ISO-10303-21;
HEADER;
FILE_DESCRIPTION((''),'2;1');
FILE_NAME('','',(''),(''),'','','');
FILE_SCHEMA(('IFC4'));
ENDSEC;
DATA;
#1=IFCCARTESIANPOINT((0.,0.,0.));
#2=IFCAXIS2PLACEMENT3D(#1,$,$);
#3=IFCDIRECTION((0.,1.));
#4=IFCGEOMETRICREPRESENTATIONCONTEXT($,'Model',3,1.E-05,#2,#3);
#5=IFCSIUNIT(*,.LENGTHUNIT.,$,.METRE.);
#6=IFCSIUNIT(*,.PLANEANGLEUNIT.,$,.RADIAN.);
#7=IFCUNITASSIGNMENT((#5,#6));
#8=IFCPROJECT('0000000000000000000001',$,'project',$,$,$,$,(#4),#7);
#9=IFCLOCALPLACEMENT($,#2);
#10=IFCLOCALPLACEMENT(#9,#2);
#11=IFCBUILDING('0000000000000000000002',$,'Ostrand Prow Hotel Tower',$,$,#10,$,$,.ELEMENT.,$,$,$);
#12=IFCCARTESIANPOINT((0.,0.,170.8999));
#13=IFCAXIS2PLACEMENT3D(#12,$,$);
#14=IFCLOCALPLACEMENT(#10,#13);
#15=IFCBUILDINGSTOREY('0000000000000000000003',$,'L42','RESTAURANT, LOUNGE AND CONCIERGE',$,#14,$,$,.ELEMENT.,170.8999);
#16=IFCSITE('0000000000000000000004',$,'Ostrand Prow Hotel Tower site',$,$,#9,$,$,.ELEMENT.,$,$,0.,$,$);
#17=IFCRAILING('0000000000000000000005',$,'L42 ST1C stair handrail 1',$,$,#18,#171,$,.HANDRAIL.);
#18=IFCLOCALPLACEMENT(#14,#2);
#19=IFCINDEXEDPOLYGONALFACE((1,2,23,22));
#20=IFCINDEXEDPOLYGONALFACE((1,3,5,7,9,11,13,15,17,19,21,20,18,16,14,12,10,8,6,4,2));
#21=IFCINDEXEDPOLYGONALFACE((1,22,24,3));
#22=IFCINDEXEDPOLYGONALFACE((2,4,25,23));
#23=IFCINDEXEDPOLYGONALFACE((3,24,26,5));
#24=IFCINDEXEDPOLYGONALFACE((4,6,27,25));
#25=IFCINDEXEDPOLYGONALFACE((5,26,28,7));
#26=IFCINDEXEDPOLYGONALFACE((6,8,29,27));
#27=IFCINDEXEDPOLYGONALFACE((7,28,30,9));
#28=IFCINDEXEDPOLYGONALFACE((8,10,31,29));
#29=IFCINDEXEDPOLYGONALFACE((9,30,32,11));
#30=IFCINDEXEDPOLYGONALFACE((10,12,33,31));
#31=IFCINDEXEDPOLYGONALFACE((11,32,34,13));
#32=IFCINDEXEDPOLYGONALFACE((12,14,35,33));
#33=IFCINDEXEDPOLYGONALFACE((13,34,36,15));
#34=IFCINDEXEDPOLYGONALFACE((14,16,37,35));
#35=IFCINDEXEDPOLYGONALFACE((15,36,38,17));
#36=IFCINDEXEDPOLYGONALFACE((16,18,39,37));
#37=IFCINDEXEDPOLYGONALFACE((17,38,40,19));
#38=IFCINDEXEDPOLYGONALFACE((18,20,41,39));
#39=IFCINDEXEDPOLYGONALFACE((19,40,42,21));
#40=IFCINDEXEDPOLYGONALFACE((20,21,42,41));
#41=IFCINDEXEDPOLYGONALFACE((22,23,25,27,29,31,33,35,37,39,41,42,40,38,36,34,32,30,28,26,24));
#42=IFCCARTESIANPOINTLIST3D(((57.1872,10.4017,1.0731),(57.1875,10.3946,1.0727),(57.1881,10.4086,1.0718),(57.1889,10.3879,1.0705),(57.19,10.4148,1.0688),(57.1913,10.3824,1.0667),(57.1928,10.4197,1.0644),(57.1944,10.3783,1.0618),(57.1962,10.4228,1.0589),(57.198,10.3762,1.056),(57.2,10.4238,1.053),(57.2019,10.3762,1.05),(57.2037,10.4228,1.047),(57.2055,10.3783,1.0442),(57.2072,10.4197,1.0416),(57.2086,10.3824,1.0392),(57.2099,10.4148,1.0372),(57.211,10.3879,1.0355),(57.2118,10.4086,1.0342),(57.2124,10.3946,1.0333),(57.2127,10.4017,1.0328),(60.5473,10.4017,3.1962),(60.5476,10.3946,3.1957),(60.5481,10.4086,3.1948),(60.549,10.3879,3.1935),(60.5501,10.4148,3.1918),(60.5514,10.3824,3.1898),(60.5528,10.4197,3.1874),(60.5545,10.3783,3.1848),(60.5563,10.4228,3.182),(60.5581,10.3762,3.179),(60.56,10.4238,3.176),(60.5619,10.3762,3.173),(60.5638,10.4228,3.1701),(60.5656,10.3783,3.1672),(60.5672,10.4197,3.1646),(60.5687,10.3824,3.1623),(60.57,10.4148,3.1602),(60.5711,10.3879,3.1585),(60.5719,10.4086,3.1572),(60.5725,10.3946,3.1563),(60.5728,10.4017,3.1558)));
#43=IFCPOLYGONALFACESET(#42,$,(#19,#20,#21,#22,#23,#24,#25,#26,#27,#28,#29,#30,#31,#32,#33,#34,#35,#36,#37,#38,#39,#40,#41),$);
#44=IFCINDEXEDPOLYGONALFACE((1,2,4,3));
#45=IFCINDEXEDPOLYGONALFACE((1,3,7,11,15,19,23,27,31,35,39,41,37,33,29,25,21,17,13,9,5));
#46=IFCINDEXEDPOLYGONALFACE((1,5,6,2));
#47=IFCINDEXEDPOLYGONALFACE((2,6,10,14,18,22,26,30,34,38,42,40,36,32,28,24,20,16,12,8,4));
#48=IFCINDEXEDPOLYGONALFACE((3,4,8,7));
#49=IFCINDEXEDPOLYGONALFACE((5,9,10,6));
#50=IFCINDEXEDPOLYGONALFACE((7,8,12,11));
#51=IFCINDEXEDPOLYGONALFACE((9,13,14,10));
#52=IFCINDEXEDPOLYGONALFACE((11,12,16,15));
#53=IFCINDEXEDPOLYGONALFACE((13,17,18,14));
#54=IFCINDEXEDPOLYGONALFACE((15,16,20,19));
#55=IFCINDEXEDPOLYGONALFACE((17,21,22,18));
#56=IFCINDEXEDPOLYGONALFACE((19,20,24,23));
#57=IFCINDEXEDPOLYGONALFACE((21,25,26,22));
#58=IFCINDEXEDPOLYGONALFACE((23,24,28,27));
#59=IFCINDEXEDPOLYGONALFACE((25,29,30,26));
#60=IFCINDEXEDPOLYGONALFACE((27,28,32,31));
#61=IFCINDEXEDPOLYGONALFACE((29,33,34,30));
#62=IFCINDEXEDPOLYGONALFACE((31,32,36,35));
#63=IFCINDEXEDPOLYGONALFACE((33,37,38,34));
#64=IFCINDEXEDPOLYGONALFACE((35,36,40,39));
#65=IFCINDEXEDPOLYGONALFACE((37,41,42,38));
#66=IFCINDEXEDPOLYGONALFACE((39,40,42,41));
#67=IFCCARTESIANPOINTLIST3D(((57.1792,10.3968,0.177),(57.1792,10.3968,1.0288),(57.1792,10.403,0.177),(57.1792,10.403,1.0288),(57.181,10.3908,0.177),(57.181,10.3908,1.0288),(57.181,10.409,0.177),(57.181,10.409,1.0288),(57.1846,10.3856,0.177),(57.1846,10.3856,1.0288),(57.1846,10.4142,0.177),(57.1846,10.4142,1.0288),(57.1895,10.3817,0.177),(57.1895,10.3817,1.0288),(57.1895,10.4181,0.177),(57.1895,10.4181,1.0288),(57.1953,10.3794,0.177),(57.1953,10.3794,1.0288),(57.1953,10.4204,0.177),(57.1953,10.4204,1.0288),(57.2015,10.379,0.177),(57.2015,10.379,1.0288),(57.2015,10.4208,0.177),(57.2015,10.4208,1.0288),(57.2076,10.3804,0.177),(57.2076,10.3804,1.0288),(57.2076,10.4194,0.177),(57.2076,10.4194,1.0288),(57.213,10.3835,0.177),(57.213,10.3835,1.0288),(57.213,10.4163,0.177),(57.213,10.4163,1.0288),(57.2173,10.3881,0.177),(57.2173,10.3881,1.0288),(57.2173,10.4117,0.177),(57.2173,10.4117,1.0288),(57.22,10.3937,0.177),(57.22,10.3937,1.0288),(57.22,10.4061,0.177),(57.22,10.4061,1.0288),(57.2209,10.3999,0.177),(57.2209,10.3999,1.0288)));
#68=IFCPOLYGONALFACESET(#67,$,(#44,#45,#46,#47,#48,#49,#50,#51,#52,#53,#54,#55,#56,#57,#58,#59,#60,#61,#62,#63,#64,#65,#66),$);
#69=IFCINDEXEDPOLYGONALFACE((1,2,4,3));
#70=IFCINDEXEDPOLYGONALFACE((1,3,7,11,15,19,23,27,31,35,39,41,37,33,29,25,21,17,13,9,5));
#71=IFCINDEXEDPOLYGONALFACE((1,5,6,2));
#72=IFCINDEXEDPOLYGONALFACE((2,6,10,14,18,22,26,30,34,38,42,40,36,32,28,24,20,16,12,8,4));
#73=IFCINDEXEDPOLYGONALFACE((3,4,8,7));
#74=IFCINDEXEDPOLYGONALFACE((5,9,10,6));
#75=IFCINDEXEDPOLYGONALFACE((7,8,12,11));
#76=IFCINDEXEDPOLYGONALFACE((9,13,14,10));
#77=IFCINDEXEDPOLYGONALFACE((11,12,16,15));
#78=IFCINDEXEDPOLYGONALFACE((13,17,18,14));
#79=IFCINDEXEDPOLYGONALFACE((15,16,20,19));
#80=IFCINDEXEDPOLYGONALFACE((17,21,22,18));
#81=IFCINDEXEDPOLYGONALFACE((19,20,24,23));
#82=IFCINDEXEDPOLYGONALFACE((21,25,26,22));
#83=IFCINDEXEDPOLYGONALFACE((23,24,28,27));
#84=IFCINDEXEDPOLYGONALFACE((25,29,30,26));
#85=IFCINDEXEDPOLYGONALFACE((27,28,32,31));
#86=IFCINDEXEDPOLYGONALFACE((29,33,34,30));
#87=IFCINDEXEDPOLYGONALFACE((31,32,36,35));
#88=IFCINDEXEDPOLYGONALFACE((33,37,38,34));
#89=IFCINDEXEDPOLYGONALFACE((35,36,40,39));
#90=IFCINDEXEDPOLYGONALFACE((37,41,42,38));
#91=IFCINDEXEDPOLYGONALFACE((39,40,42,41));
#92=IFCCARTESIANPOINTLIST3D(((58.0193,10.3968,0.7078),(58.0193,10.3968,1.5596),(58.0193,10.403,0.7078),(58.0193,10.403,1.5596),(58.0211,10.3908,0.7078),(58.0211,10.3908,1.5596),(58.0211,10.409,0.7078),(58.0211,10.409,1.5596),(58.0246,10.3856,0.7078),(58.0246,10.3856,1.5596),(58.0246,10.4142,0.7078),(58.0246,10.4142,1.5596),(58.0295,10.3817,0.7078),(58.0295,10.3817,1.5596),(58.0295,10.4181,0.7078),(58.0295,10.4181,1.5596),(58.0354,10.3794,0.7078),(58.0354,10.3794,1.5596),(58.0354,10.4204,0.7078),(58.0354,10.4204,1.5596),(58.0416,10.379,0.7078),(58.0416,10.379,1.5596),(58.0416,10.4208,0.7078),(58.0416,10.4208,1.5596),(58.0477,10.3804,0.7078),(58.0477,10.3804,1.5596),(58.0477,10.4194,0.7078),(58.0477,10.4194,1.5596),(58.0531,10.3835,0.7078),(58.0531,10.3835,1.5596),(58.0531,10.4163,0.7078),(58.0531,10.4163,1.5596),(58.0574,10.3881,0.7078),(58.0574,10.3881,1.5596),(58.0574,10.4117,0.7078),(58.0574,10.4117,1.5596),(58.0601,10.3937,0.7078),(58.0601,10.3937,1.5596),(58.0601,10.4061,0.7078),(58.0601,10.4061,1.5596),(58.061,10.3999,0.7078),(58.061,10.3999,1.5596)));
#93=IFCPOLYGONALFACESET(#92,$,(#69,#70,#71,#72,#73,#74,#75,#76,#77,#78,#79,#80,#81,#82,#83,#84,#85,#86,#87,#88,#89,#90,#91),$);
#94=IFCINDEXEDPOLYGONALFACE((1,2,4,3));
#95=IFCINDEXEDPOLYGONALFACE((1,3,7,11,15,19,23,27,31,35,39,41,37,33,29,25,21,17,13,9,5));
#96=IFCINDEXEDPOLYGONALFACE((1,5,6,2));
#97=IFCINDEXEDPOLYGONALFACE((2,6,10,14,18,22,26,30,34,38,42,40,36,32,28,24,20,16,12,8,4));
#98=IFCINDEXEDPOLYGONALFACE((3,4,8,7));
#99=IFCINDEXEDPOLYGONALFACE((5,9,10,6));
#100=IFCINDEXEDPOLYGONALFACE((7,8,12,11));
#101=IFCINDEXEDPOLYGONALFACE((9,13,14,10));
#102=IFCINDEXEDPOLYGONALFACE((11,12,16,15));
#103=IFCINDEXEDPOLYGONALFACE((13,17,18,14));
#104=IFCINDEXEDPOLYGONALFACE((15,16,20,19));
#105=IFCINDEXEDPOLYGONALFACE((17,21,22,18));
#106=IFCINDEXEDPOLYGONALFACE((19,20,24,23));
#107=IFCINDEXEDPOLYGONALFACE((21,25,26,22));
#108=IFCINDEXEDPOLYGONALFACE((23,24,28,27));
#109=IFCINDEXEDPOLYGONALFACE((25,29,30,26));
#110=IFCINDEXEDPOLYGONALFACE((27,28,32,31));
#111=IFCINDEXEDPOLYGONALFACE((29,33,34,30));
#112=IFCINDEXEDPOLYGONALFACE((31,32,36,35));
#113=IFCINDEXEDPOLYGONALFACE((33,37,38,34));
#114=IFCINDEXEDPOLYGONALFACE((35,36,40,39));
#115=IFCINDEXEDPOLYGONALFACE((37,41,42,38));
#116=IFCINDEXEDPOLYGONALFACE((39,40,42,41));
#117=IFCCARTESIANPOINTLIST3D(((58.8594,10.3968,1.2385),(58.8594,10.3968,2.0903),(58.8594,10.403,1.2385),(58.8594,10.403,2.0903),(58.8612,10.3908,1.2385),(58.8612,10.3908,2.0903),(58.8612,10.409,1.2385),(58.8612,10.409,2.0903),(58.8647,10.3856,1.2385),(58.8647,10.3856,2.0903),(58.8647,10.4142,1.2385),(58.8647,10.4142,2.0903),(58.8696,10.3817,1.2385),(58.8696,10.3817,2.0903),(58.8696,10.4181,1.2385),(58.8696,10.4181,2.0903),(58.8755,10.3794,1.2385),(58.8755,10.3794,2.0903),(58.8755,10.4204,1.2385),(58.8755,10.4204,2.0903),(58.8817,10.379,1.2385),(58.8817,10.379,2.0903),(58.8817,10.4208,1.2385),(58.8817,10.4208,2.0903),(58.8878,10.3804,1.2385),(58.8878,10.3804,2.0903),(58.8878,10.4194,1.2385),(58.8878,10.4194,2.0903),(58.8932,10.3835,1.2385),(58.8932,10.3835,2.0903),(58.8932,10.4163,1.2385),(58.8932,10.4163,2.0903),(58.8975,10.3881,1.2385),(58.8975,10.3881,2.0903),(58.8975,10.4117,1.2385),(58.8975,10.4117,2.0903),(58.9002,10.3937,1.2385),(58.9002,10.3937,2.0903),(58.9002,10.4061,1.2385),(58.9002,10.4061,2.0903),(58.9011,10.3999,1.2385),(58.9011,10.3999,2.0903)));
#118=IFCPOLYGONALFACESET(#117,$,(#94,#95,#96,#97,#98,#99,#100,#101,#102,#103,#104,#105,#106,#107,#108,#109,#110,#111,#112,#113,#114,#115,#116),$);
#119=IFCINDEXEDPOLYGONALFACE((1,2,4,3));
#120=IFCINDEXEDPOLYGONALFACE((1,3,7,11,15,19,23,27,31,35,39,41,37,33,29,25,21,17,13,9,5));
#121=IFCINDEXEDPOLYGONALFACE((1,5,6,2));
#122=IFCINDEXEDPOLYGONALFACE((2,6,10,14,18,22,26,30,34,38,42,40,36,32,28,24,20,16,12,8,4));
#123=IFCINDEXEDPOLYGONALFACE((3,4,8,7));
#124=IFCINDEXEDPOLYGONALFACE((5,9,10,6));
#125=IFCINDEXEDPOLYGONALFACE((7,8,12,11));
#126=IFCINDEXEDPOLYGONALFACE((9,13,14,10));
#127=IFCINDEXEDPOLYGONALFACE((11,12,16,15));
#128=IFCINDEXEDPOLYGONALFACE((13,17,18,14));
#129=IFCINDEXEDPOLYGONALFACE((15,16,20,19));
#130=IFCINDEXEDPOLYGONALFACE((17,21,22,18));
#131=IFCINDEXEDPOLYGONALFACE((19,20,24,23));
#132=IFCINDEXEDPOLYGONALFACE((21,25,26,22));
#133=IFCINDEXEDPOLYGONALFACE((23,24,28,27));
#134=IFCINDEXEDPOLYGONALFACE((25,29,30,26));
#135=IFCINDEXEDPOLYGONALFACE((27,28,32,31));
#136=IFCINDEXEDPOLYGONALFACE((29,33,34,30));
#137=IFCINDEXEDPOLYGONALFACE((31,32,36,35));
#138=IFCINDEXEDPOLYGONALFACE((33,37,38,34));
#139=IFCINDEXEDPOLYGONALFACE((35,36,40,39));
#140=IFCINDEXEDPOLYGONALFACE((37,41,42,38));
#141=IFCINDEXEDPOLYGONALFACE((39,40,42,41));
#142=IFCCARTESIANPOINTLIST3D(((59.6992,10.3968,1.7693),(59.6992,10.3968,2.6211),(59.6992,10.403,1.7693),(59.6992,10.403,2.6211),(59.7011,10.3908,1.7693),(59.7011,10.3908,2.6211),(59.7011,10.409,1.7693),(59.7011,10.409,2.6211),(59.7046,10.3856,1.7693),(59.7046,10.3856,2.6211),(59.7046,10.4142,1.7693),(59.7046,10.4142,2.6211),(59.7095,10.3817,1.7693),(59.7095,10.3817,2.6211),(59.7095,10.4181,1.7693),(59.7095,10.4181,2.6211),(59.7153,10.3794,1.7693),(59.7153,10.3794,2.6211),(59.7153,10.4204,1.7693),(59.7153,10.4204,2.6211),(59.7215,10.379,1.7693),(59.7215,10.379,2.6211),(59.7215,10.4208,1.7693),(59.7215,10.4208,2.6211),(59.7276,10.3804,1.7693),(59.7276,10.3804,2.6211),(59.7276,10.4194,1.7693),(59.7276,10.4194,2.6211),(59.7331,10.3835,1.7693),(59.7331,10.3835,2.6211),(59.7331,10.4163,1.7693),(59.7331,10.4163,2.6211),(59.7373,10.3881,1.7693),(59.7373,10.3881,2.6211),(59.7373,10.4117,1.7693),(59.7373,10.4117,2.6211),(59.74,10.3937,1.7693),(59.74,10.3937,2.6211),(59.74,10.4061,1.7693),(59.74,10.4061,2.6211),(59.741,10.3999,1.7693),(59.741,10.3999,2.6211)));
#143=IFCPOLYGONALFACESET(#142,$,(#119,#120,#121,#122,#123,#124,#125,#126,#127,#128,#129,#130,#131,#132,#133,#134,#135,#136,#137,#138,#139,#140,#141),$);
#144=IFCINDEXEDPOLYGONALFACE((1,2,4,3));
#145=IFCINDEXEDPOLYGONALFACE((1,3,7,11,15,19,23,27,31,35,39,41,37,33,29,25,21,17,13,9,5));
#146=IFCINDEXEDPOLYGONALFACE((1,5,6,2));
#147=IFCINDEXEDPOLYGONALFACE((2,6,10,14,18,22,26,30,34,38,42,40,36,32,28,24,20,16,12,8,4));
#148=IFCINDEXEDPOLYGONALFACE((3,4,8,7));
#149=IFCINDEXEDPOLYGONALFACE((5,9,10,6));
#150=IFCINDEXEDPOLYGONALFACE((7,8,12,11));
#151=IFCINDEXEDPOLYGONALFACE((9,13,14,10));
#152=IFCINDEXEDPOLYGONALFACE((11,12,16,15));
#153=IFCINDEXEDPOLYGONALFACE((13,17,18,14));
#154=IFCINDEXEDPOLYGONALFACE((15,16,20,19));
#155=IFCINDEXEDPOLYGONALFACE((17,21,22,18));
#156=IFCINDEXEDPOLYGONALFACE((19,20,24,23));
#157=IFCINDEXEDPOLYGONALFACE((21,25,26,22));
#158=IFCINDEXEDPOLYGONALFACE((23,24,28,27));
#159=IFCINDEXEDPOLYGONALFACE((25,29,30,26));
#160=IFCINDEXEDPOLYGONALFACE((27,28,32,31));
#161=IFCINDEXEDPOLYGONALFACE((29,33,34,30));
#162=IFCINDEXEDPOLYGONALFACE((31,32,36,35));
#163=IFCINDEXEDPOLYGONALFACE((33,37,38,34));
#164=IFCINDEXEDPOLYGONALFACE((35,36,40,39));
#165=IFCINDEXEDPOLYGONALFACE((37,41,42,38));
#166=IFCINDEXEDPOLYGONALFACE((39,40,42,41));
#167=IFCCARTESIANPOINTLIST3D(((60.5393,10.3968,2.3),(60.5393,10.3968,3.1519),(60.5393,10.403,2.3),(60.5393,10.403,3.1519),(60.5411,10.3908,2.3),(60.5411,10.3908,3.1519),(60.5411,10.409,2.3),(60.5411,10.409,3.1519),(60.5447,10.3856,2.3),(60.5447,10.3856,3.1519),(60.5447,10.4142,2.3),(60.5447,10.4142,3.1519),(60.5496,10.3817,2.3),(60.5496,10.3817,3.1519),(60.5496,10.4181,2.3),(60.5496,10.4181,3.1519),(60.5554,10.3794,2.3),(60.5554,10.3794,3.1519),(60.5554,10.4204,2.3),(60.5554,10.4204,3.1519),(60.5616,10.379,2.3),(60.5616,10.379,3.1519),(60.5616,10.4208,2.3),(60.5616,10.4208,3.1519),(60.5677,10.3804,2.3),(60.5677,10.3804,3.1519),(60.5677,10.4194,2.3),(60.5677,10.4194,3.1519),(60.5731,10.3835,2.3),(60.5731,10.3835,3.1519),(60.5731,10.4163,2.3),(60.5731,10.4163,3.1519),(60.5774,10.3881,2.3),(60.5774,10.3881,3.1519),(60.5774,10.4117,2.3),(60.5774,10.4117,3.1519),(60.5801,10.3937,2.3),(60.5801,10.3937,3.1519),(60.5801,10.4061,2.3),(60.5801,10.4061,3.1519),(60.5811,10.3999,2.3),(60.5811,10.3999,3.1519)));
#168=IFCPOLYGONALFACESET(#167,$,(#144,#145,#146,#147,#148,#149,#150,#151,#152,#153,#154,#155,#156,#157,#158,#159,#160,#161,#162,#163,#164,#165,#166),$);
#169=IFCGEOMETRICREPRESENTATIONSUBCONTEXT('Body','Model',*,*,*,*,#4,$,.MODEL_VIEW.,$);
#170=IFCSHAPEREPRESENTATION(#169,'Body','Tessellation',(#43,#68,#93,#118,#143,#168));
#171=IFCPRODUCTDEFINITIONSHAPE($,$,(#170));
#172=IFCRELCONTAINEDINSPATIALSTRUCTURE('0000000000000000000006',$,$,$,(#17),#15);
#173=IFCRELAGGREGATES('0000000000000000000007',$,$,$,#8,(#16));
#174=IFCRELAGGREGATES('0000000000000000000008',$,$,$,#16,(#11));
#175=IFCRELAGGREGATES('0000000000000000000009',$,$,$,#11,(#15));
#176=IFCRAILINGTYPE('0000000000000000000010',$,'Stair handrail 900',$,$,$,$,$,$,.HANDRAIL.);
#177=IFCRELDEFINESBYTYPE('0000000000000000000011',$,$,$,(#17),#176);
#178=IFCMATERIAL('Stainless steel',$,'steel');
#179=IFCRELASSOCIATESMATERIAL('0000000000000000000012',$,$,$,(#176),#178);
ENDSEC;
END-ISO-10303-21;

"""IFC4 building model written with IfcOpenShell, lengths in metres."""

from ifc_helpers import new_model, si_unit, direction, frame, origin, origin_2d, place, context, subcontext, project, spatial, circle, extrude, material, type_object, element, save


model = new_model("IFC4")

# Units and contexts
model_context = context("Model", 3, precision=1e-05, world=origin(), true_north=direction((0.0, 1.0)))
body_context = subcontext(model_context, "Body", "Model", "MODEL_VIEW")
ifc_project = project(units=[si_unit("LENGTHUNIT", "METRE"), si_unit("PLANEANGLEUNIT", "RADIAN")], contexts=[model_context])

# Site, building, storey
site_placement = place(None, origin())
site = spatial("IfcSite", under=ifc_project, at=site_placement, Name="Ostrand Prow Hotel Tower site", CompositionType="ELEMENT", RefElevation=0.0)
building_placement = place(site_placement, origin())
building = spatial("IfcBuilding", under=site, at=building_placement, Name="Ostrand Prow Hotel Tower", CompositionType="ELEMENT")
storey_placement = place(building_placement, frame((0.0, 0.0, 170.8999)))
storey = spatial("IfcBuildingStorey", under=building, at=storey_placement, Name="L42", Description="RESTAURANT, LOUNGE AND CONCIERGE", CompositionType="ELEMENT", Elevation=170.8999)

# Railing
ifc_material_1 = material(Name="Stainless steel", Category="steel")
railing_type_1 = type_object("IfcRailingType", Name="Stair handrail 900", PredefinedType="HANDRAIL", material=ifc_material_1)
railing_1_placement = place(storey_placement, frame((57.2, 10.3999, 0.177)))
element("IfcRailing", 1, at=railing_1_placement, inside=storey, type_object=railing_type_1, Name="L42 ST1C stair handrail 1", PredefinedType="HANDRAIL", context=body_context, shape_type="SweptSolid", body=[
    extrude(circle(Radius=0.0239, at=origin_2d()), frame((0.0, 0.0, 0.876), z_axis=(0.84539, 0.0, 0.53415), x_axis=(0.0, 1.0, 0.0)), (0.0, 0.0, 1.0), 3.9746),
    extrude(circle(Radius=0.021, at=origin_2d()), origin(), (0.0, 0.0, 1.0), 0.8518),
    extrude(circle(Radius=0.021, at=origin_2d()), frame((0.8401, 0.0, 0.5308)), (0.0, 0.0, 1.0), 0.8518),
    extrude(circle(Radius=0.021, at=origin_2d()), frame((1.6802, 0.0, 1.0615)), (0.0, 0.0, 1.0), 0.8518),
    extrude(circle(Radius=0.021, at=origin_2d()), frame((2.52, 0.0, 1.5923)), (0.0, 0.0, 1.0), 0.8518),
    extrude(circle(Radius=0.021, at=origin_2d()), frame((3.3601, 0.0, 2.123)), (0.0, 0.0, 1.0), 0.8518),
])

save(model, "model.ifc")
